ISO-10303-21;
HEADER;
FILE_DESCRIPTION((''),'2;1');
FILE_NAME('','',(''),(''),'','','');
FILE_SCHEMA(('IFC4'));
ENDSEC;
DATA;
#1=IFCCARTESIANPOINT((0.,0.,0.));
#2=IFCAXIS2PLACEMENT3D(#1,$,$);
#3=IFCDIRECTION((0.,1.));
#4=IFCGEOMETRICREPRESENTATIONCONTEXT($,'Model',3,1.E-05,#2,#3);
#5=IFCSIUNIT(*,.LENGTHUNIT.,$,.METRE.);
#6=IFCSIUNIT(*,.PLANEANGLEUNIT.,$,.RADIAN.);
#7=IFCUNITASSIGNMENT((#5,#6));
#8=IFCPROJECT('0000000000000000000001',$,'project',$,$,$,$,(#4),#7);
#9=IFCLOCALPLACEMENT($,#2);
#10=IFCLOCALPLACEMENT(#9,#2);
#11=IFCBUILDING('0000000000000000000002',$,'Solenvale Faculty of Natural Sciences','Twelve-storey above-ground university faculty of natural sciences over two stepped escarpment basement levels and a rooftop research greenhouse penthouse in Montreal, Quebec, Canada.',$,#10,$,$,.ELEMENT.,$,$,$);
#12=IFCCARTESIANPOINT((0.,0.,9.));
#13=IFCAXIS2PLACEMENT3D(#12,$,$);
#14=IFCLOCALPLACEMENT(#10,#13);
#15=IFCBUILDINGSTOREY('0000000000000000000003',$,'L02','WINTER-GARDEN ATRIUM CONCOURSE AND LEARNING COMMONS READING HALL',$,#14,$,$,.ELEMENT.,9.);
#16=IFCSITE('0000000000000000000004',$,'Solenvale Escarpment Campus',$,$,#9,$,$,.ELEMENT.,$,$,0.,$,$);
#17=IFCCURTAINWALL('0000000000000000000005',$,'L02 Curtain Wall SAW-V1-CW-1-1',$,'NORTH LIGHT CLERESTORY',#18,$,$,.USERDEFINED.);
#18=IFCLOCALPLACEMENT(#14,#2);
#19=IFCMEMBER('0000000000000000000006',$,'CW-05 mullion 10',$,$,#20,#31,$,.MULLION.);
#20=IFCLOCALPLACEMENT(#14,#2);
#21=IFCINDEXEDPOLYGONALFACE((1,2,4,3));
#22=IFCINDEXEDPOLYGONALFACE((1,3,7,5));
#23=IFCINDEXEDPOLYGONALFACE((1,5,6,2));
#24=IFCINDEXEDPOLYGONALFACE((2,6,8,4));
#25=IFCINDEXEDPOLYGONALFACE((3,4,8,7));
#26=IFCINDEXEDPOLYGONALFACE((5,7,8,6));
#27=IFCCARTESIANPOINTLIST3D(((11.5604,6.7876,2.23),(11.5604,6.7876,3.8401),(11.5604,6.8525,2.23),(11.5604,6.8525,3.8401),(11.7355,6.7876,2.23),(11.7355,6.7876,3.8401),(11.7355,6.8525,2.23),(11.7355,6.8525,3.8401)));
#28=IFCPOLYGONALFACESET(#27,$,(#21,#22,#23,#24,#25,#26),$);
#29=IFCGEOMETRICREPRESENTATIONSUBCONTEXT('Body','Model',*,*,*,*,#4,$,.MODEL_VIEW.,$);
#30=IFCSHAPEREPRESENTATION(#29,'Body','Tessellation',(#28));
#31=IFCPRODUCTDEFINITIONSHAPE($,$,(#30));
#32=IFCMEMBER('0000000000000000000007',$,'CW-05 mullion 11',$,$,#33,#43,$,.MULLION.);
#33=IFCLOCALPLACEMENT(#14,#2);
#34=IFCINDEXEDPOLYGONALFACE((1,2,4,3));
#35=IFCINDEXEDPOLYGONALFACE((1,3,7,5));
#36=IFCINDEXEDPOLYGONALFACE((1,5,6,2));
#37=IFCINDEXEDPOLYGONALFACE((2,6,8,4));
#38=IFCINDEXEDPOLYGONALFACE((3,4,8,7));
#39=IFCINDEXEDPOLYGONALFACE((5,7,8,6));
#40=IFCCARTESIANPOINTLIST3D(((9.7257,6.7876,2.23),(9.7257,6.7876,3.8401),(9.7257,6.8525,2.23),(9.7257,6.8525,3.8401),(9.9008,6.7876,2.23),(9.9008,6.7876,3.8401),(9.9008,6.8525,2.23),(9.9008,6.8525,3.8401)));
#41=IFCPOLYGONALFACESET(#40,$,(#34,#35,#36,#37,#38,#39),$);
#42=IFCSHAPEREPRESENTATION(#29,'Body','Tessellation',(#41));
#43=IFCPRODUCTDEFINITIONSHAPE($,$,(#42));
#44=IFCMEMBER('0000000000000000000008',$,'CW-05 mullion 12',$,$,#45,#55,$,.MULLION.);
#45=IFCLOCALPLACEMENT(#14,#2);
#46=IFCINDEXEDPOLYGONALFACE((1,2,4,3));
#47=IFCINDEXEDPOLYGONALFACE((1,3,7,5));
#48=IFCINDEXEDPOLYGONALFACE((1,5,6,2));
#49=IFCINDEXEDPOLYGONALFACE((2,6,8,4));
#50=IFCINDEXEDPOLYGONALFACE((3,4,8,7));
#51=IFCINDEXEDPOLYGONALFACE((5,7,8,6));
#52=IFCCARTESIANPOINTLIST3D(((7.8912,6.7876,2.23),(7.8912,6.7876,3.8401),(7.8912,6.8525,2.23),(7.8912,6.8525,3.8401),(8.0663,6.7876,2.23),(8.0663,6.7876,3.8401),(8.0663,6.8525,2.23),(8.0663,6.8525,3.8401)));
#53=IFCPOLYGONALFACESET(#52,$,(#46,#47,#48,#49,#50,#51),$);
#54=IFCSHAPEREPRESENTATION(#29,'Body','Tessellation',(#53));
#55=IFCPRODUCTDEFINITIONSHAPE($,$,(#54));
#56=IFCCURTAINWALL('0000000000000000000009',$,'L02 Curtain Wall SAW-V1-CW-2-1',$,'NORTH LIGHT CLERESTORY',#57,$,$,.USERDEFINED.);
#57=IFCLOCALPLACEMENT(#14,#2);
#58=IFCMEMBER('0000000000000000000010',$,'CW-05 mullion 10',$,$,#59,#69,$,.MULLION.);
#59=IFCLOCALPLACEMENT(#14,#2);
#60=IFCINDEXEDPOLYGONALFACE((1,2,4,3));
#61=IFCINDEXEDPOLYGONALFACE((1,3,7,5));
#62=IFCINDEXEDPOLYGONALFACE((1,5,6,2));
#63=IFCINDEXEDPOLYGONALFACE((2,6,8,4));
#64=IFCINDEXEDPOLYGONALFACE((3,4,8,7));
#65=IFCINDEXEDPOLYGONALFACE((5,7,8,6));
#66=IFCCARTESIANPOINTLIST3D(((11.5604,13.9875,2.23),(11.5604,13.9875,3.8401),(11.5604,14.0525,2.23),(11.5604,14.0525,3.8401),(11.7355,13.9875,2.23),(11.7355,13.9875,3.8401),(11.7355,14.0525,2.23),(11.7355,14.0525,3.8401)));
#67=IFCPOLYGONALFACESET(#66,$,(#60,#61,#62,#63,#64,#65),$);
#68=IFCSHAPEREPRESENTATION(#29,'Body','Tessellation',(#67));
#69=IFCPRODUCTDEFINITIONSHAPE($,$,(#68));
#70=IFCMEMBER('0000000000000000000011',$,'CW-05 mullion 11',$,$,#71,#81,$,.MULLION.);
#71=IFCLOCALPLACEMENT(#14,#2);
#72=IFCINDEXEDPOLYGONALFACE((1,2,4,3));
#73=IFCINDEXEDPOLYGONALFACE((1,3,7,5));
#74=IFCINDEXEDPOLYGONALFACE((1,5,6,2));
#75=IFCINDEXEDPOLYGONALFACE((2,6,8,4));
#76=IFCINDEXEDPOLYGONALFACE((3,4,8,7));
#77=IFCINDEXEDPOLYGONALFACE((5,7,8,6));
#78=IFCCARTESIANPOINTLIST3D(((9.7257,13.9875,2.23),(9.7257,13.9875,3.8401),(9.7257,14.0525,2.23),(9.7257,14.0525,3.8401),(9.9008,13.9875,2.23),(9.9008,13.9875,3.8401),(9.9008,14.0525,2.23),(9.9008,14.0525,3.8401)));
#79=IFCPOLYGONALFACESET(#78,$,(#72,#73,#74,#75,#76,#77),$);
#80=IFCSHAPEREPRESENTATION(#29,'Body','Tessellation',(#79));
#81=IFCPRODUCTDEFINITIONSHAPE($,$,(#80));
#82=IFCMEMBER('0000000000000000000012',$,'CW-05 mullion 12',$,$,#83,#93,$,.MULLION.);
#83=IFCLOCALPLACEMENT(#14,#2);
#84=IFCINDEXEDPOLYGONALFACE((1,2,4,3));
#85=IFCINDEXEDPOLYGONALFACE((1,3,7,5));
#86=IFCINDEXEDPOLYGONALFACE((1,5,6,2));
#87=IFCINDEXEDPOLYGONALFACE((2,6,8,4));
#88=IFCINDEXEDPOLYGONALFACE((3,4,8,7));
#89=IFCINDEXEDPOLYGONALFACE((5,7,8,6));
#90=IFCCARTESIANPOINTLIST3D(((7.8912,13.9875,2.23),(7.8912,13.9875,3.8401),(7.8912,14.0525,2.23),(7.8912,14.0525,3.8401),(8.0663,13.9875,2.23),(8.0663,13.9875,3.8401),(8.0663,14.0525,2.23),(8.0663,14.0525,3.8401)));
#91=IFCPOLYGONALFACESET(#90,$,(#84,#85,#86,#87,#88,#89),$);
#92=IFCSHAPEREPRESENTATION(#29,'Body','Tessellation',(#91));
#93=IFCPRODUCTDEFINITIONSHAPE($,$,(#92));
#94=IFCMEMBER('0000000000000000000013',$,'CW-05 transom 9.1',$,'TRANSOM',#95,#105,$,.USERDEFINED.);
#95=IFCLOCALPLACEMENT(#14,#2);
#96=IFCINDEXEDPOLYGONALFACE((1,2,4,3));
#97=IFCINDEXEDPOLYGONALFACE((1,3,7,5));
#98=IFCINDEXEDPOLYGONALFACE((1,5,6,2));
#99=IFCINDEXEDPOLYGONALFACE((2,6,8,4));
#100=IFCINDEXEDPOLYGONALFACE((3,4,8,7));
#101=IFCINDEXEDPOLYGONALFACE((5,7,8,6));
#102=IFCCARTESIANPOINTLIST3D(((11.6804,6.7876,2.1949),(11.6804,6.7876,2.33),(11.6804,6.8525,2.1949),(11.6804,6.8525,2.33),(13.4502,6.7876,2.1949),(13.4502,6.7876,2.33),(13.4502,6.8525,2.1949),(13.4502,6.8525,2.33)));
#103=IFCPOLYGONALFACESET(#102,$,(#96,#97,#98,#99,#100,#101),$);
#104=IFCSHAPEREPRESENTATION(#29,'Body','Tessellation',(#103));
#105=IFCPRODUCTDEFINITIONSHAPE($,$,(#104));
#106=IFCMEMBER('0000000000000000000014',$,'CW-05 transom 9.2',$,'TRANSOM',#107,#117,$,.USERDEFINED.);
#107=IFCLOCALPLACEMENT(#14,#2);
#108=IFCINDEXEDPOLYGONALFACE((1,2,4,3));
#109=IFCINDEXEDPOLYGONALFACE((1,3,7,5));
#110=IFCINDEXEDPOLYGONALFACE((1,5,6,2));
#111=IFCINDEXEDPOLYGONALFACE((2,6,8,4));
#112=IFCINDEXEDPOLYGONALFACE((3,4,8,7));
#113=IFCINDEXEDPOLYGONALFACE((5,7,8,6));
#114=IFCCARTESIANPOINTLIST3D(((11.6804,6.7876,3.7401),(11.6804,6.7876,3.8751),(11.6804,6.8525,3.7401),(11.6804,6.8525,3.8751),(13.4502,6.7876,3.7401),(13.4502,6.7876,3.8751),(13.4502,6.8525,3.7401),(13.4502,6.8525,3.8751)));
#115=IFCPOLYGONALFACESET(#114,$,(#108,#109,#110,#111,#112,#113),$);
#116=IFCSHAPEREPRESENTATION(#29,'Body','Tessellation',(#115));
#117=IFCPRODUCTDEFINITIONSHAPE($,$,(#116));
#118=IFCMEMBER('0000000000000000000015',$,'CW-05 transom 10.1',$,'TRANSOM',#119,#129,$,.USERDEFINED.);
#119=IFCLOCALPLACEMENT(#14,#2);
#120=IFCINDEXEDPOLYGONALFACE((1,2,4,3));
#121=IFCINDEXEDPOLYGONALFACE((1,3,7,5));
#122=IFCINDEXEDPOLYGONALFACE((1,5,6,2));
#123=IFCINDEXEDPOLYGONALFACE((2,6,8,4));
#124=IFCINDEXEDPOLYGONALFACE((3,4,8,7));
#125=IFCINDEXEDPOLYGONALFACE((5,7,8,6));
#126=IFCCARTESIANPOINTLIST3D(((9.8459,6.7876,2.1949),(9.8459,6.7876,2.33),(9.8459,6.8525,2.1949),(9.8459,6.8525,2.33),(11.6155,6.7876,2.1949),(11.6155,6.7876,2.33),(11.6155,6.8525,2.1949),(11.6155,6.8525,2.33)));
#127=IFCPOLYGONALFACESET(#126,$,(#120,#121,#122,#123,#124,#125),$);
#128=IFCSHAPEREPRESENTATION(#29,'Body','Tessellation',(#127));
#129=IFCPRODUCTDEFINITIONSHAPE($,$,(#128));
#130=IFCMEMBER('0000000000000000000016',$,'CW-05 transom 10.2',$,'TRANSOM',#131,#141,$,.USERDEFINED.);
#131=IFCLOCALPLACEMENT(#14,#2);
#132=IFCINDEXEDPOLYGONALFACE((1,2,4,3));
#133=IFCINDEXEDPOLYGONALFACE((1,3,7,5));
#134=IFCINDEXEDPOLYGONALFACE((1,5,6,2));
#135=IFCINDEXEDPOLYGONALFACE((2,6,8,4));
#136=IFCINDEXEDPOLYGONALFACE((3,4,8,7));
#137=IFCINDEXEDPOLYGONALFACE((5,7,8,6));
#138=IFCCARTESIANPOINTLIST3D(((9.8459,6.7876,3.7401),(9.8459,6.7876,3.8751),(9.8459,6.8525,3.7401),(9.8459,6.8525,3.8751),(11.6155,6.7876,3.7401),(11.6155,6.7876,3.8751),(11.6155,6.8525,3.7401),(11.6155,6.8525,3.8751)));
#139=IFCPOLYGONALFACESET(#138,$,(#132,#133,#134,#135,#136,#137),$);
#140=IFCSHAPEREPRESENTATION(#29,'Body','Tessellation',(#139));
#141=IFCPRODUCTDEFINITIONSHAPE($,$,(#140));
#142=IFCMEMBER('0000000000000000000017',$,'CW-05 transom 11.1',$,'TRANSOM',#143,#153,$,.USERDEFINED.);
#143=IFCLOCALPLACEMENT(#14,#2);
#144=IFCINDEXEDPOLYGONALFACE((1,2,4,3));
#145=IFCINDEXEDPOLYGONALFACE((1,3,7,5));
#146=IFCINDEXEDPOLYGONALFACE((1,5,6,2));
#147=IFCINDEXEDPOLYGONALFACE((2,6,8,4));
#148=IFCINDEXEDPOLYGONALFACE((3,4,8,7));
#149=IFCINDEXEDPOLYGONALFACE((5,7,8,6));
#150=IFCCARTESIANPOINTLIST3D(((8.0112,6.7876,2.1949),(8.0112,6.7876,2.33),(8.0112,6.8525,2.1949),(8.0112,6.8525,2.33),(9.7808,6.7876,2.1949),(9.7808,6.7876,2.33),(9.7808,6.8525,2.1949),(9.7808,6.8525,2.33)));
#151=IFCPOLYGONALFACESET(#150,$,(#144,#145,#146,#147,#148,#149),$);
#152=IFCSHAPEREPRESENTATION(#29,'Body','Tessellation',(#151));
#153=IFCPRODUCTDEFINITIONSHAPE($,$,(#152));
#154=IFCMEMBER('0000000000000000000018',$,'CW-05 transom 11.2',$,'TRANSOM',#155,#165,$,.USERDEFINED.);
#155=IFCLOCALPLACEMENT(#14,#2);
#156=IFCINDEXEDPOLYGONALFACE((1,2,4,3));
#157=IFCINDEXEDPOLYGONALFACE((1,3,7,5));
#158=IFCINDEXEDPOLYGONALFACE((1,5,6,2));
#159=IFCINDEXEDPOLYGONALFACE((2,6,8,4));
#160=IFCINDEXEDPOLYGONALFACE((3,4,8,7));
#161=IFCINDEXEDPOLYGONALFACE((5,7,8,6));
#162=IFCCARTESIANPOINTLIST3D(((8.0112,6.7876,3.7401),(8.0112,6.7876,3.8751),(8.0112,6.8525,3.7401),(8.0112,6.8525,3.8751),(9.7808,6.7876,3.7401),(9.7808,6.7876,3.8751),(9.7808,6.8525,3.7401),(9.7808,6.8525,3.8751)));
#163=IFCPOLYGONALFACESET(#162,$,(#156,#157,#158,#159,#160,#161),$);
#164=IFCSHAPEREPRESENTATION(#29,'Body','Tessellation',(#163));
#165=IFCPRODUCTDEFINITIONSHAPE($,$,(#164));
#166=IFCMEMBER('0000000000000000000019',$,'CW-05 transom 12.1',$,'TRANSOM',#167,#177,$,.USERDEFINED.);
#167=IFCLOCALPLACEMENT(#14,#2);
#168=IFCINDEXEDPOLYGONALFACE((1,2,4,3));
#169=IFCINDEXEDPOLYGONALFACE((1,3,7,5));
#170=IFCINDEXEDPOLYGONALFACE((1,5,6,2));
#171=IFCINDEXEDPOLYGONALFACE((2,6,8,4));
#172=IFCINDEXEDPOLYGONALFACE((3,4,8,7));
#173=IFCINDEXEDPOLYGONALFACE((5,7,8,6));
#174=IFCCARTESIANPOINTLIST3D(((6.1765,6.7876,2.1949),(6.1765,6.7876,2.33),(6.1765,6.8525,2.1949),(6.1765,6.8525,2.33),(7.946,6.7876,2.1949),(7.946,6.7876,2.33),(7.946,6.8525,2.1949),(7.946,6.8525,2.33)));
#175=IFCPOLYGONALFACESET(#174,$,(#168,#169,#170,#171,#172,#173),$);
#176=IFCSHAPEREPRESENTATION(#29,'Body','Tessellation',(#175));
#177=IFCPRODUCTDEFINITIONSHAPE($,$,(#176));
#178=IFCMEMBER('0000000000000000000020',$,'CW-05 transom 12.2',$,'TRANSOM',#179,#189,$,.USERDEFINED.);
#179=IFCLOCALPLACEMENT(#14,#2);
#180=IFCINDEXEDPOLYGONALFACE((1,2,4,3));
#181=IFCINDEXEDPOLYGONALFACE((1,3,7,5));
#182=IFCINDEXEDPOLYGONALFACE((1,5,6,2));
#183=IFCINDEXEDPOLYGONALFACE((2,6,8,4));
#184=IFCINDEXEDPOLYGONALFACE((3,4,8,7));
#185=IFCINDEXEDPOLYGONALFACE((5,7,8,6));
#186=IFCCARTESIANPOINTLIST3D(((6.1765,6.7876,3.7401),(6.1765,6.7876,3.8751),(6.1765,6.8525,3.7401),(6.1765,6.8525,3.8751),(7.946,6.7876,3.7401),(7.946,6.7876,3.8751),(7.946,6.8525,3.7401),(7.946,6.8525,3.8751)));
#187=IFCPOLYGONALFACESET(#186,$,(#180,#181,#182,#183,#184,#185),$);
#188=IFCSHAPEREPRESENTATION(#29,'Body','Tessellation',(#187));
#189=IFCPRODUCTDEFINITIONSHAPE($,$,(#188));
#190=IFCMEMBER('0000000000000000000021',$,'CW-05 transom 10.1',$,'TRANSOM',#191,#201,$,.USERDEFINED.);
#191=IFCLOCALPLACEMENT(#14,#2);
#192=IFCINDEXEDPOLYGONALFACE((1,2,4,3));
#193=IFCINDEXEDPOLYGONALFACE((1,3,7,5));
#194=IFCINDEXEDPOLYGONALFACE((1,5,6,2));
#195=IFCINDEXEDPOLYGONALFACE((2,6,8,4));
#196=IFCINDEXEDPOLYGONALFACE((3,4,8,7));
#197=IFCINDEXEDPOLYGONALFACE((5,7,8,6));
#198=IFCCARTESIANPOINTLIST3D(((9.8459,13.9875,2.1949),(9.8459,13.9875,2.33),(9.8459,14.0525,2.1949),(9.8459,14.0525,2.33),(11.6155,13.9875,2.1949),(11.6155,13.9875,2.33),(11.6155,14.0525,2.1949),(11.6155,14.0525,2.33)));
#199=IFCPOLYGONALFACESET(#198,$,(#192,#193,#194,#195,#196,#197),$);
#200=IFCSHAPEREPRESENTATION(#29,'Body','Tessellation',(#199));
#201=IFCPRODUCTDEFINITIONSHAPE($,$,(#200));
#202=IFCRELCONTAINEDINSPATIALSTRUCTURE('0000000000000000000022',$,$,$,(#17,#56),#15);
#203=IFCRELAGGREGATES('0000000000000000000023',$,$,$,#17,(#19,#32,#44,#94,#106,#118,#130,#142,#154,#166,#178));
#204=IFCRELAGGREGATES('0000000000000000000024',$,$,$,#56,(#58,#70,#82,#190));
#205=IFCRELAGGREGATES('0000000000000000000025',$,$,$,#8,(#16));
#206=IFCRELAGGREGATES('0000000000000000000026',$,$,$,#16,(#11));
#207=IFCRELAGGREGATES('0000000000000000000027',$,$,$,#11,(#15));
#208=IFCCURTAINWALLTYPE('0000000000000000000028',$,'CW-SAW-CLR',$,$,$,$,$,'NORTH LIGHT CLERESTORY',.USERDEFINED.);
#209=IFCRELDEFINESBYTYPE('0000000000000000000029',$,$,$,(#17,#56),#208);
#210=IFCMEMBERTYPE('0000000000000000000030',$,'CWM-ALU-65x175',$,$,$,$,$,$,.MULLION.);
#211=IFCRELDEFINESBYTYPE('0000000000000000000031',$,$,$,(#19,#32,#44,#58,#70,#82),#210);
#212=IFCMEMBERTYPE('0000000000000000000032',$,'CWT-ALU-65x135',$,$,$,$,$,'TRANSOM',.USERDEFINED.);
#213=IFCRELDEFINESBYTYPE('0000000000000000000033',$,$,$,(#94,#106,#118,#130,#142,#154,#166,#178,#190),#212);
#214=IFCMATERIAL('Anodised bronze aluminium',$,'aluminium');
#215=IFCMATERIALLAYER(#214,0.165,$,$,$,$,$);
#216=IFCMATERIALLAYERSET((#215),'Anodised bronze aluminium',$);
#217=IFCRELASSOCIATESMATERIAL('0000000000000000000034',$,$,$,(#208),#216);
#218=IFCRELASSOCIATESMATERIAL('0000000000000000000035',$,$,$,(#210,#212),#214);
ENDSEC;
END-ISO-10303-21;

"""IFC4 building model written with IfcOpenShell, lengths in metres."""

from ifc_helpers import new_model, si_unit, direction, frame, origin, origin_2d, place, context, subcontext, project, spatial, rectangle, extrude, material, layer, layer_set, material_profile, profile_set, type_object, element, aggregate, save


model = new_model("IFC4")

# Units and contexts
model_context = context("Model", 3, precision=1e-05, world=origin(), true_north=direction((0.0, 1.0)))
body_context = subcontext(model_context, "Body", "Model", "MODEL_VIEW")
ifc_project = project(units=[si_unit("LENGTHUNIT", "METRE"), si_unit("PLANEANGLEUNIT", "RADIAN")], contexts=[model_context])

# Site, building, storey
site_placement = place(None, origin())
site = spatial("IfcSite", under=ifc_project, at=site_placement, Name="Solenvale Escarpment Campus", CompositionType="ELEMENT", RefElevation=0.0)
building_placement = place(site_placement, origin())
building = spatial("IfcBuilding", under=site, at=building_placement, Name="Solenvale Faculty of Natural Sciences", Description="Twelve-storey above-ground university faculty of natural sciences over two stepped escarpment basement levels and a rooftop research greenhouse penthouse in Montreal, Quebec, Canada.", CompositionType="ELEMENT")
storey_placement = place(building_placement, frame((0.0, 0.0, 9.0)))
storey = spatial("IfcBuildingStorey", under=building, at=storey_placement, Name="L02", Description="WINTER-GARDEN ATRIUM CONCOURSE AND LEARNING COMMONS READING HALL", CompositionType="ELEMENT", Elevation=9.0)

# Curtain walls, members
ifc_material_1 = material(Name="Anodised bronze aluminium", Category="aluminium")
ifc_layer_1 = layer(ifc_material_1, 0.165)
ifc_layer_set_1 = layer_set([ifc_layer_1], Name="Anodised bronze aluminium")
curtain_wall_type = type_object("IfcCurtainWallType", Name="CW-SAW-CLR", ElementType="NORTH LIGHT CLERESTORY", PredefinedType="USERDEFINED", material=ifc_layer_set_1)
curtain_wall_1_placement = place(storey_placement, origin())
curtain_wall_1 = element("IfcCurtainWall", 1, at=curtain_wall_1_placement, inside=storey, type_object=curtain_wall_type, Name="L02 Curtain Wall SAW-V1-CW-1-1", ObjectType="NORTH LIGHT CLERESTORY", PredefinedType="USERDEFINED")
ifc_material_profile_1 = material_profile(ifc_material_1, rectangle(XDim=0.0649, YDim=0.175, at=origin_2d()), Name="ALU-MUL-65x175")
ifc_profile_set_1 = profile_set([ifc_material_profile_1], Name="Anodised bronze aluminium")
member_type_1 = type_object("IfcMemberType", Name="CWM-ALU-65x175", PredefinedType="MULLION", material=ifc_profile_set_1)
member_1_placement = place(storey_placement, frame((11.6479, 6.8201, 2.23), z_axis=(0.0, 0.0, 1.0), x_axis=(0.0, -1.0, 0.0)))
member_1 = element("IfcMember", 2, at=member_1_placement, type_object=member_type_1, Name="CW-05 mullion 10", PredefinedType="MULLION", context=body_context, shape_type="SweptSolid", body=[
    extrude(rectangle(XDim=0.0649, YDim=0.175, at=origin_2d()), origin(), (0.0, 0.0, 1.0), 1.6101),
])
member_2_placement = place(storey_placement, frame((9.8132, 6.8201, 2.23), z_axis=(0.0, 0.0, 1.0), x_axis=(0.0, -1.0, 0.0)))
member_2 = element("IfcMember", 3, at=member_2_placement, type_object=member_type_1, Name="CW-05 mullion 11", PredefinedType="MULLION", context=body_context, shape_type="SweptSolid", body=[
    extrude(rectangle(XDim=0.0649, YDim=0.175, at=origin_2d()), origin(), (0.0, 0.0, 1.0), 1.6101),
])
member_3_placement = place(storey_placement, frame((7.9788, 6.8201, 2.23), z_axis=(0.0, 0.0, 1.0), x_axis=(0.0, -1.0, 0.0)))
member_3 = element("IfcMember", 4, at=member_3_placement, type_object=member_type_1, Name="CW-05 mullion 12", PredefinedType="MULLION", context=body_context, shape_type="SweptSolid", body=[
    extrude(rectangle(XDim=0.0649, YDim=0.175, at=origin_2d()), origin(), (0.0, 0.0, 1.0), 1.6101),
])
curtain_wall_2_placement = place(storey_placement, origin())
curtain_wall_2 = element("IfcCurtainWall", 5, at=curtain_wall_2_placement, inside=storey, type_object=curtain_wall_type, Name="L02 Curtain Wall SAW-V1-CW-2-1", ObjectType="NORTH LIGHT CLERESTORY", PredefinedType="USERDEFINED")
member_4_placement = place(storey_placement, frame((11.6479, 14.02, 2.23), z_axis=(0.0, 0.0, 1.0), x_axis=(0.0, -1.0, 0.0)))
member_4 = element("IfcMember", 6, at=member_4_placement, type_object=member_type_1, Name="CW-05 mullion 10", PredefinedType="MULLION", context=body_context, shape_type="SweptSolid", body=[
    extrude(rectangle(XDim=0.0649, YDim=0.175, at=origin_2d()), origin(), (0.0, 0.0, 1.0), 1.6101),
])
member_5_placement = place(storey_placement, frame((9.8132, 14.02, 2.23), z_axis=(0.0, 0.0, 1.0), x_axis=(0.0, -1.0, 0.0)))
member_5 = element("IfcMember", 7, at=member_5_placement, type_object=member_type_1, Name="CW-05 mullion 11", PredefinedType="MULLION", context=body_context, shape_type="SweptSolid", body=[
    extrude(rectangle(XDim=0.0649, YDim=0.175, at=origin_2d()), origin(), (0.0, 0.0, 1.0), 1.6101),
])
member_6_placement = place(storey_placement, frame((7.9788, 14.02, 2.23), z_axis=(0.0, 0.0, 1.0), x_axis=(0.0, -1.0, 0.0)))
member_6 = element("IfcMember", 8, at=member_6_placement, type_object=member_type_1, Name="CW-05 mullion 12", PredefinedType="MULLION", context=body_context, shape_type="SweptSolid", body=[
    extrude(rectangle(XDim=0.0649, YDim=0.175, at=origin_2d()), origin(), (0.0, 0.0, 1.0), 1.6101),
])

# Members
ifc_material_profile_2 = material_profile(ifc_material_1, rectangle(XDim=0.0649, YDim=0.135, at=origin_2d()), Name="ALU-TRN-65x135")
ifc_profile_set_2 = profile_set([ifc_material_profile_2], Name="Anodised bronze aluminium")
member_type_2 = type_object("IfcMemberType", Name="CWT-ALU-65x135", ElementType="TRANSOM", PredefinedType="USERDEFINED", material=ifc_profile_set_2)
member_7_placement = place(storey_placement, frame((13.4502, 6.8201, 2.2625), z_axis=(-1.0, 0.0, 0.0), x_axis=(0.0, -1.0, 0.0)))
member_7 = element("IfcMember", 9, at=member_7_placement, type_object=member_type_2, Name="CW-05 transom 9.1", ObjectType="TRANSOM", PredefinedType="USERDEFINED", context=body_context, shape_type="SweptSolid", body=[
    extrude(rectangle(XDim=0.0649, YDim=0.135, at=origin_2d()), origin(), (0.0, 0.0, 1.0), 1.7698),
])
member_8_placement = place(storey_placement, frame((13.4502, 6.8201, 3.8076), z_axis=(-1.0, 0.0, 0.0), x_axis=(0.0, -1.0, 0.0)))
member_8 = element("IfcMember", 10, at=member_8_placement, type_object=member_type_2, Name="CW-05 transom 9.2", ObjectType="TRANSOM", PredefinedType="USERDEFINED", context=body_context, shape_type="SweptSolid", body=[
    extrude(rectangle(XDim=0.0649, YDim=0.135, at=origin_2d()), origin(), (0.0, 0.0, 1.0), 1.7698),
])
member_9_placement = place(storey_placement, frame((11.6155, 6.8201, 2.2625), z_axis=(-1.0, 0.0, 0.0), x_axis=(0.0, -1.0, 0.0)))
member_9 = element("IfcMember", 11, at=member_9_placement, type_object=member_type_2, Name="CW-05 transom 10.1", ObjectType="TRANSOM", PredefinedType="USERDEFINED", context=body_context, shape_type="SweptSolid", body=[
    extrude(rectangle(XDim=0.0649, YDim=0.135, at=origin_2d()), origin(), (0.0, 0.0, 1.0), 1.7695),
])
member_10_placement = place(storey_placement, frame((11.6155, 6.8201, 3.8076), z_axis=(-1.0, 0.0, 0.0), x_axis=(0.0, -1.0, 0.0)))
member_10 = element("IfcMember", 12, at=member_10_placement, type_object=member_type_2, Name="CW-05 transom 10.2", ObjectType="TRANSOM", PredefinedType="USERDEFINED", context=body_context, shape_type="SweptSolid", body=[
    extrude(rectangle(XDim=0.0649, YDim=0.135, at=origin_2d()), origin(), (0.0, 0.0, 1.0), 1.7695),
])
member_11_placement = place(storey_placement, frame((9.7808, 6.8201, 2.2625), z_axis=(-1.0, 0.0, 0.0), x_axis=(0.0, -1.0, 0.0)))
member_11 = element("IfcMember", 13, at=member_11_placement, type_object=member_type_2, Name="CW-05 transom 11.1", ObjectType="TRANSOM", PredefinedType="USERDEFINED", context=body_context, shape_type="SweptSolid", body=[
    extrude(rectangle(XDim=0.0649, YDim=0.135, at=origin_2d()), origin(), (0.0, 0.0, 1.0), 1.7695),
])
member_12_placement = place(storey_placement, frame((9.7808, 6.8201, 3.8076), z_axis=(-1.0, 0.0, 0.0), x_axis=(0.0, -1.0, 0.0)))
member_12 = element("IfcMember", 14, at=member_12_placement, type_object=member_type_2, Name="CW-05 transom 11.2", ObjectType="TRANSOM", PredefinedType="USERDEFINED", context=body_context, shape_type="SweptSolid", body=[
    extrude(rectangle(XDim=0.0649, YDim=0.135, at=origin_2d()), origin(), (0.0, 0.0, 1.0), 1.7695),
])
member_13_placement = place(storey_placement, frame((7.946, 6.8201, 2.2625), z_axis=(-1.0, 0.0, 0.0), x_axis=(0.0, -1.0, 0.0)))
member_13 = element("IfcMember", 15, at=member_13_placement, type_object=member_type_2, Name="CW-05 transom 12.1", ObjectType="TRANSOM", PredefinedType="USERDEFINED", context=body_context, shape_type="SweptSolid", body=[
    extrude(rectangle(XDim=0.0649, YDim=0.135, at=origin_2d()), origin(), (0.0, 0.0, 1.0), 1.7695),
])
member_14_placement = place(storey_placement, frame((7.946, 6.8201, 3.8076), z_axis=(-1.0, 0.0, 0.0), x_axis=(0.0, -1.0, 0.0)))
member_14 = element("IfcMember", 16, at=member_14_placement, type_object=member_type_2, Name="CW-05 transom 12.2", ObjectType="TRANSOM", PredefinedType="USERDEFINED", context=body_context, shape_type="SweptSolid", body=[
    extrude(rectangle(XDim=0.0649, YDim=0.135, at=origin_2d()), origin(), (0.0, 0.0, 1.0), 1.7695),
])
member_15_placement = place(storey_placement, frame((11.6155, 14.02, 2.2625), z_axis=(-1.0, 0.0, 0.0), x_axis=(0.0, -1.0, 0.0)))
member_15 = element("IfcMember", 17, at=member_15_placement, type_object=member_type_2, Name="CW-05 transom 10.1", ObjectType="TRANSOM", PredefinedType="USERDEFINED", context=body_context, shape_type="SweptSolid", body=[
    extrude(rectangle(XDim=0.0649, YDim=0.135, at=origin_2d()), origin(), (0.0, 0.0, 1.0), 1.7695),
])

aggregate(curtain_wall_1, [member_1, member_2, member_3, member_7, member_8, member_9, member_10, member_11, member_12, member_13, member_14])
aggregate(curtain_wall_2, [member_4, member_5, member_6, member_15])

save(model, "model.ifc")
